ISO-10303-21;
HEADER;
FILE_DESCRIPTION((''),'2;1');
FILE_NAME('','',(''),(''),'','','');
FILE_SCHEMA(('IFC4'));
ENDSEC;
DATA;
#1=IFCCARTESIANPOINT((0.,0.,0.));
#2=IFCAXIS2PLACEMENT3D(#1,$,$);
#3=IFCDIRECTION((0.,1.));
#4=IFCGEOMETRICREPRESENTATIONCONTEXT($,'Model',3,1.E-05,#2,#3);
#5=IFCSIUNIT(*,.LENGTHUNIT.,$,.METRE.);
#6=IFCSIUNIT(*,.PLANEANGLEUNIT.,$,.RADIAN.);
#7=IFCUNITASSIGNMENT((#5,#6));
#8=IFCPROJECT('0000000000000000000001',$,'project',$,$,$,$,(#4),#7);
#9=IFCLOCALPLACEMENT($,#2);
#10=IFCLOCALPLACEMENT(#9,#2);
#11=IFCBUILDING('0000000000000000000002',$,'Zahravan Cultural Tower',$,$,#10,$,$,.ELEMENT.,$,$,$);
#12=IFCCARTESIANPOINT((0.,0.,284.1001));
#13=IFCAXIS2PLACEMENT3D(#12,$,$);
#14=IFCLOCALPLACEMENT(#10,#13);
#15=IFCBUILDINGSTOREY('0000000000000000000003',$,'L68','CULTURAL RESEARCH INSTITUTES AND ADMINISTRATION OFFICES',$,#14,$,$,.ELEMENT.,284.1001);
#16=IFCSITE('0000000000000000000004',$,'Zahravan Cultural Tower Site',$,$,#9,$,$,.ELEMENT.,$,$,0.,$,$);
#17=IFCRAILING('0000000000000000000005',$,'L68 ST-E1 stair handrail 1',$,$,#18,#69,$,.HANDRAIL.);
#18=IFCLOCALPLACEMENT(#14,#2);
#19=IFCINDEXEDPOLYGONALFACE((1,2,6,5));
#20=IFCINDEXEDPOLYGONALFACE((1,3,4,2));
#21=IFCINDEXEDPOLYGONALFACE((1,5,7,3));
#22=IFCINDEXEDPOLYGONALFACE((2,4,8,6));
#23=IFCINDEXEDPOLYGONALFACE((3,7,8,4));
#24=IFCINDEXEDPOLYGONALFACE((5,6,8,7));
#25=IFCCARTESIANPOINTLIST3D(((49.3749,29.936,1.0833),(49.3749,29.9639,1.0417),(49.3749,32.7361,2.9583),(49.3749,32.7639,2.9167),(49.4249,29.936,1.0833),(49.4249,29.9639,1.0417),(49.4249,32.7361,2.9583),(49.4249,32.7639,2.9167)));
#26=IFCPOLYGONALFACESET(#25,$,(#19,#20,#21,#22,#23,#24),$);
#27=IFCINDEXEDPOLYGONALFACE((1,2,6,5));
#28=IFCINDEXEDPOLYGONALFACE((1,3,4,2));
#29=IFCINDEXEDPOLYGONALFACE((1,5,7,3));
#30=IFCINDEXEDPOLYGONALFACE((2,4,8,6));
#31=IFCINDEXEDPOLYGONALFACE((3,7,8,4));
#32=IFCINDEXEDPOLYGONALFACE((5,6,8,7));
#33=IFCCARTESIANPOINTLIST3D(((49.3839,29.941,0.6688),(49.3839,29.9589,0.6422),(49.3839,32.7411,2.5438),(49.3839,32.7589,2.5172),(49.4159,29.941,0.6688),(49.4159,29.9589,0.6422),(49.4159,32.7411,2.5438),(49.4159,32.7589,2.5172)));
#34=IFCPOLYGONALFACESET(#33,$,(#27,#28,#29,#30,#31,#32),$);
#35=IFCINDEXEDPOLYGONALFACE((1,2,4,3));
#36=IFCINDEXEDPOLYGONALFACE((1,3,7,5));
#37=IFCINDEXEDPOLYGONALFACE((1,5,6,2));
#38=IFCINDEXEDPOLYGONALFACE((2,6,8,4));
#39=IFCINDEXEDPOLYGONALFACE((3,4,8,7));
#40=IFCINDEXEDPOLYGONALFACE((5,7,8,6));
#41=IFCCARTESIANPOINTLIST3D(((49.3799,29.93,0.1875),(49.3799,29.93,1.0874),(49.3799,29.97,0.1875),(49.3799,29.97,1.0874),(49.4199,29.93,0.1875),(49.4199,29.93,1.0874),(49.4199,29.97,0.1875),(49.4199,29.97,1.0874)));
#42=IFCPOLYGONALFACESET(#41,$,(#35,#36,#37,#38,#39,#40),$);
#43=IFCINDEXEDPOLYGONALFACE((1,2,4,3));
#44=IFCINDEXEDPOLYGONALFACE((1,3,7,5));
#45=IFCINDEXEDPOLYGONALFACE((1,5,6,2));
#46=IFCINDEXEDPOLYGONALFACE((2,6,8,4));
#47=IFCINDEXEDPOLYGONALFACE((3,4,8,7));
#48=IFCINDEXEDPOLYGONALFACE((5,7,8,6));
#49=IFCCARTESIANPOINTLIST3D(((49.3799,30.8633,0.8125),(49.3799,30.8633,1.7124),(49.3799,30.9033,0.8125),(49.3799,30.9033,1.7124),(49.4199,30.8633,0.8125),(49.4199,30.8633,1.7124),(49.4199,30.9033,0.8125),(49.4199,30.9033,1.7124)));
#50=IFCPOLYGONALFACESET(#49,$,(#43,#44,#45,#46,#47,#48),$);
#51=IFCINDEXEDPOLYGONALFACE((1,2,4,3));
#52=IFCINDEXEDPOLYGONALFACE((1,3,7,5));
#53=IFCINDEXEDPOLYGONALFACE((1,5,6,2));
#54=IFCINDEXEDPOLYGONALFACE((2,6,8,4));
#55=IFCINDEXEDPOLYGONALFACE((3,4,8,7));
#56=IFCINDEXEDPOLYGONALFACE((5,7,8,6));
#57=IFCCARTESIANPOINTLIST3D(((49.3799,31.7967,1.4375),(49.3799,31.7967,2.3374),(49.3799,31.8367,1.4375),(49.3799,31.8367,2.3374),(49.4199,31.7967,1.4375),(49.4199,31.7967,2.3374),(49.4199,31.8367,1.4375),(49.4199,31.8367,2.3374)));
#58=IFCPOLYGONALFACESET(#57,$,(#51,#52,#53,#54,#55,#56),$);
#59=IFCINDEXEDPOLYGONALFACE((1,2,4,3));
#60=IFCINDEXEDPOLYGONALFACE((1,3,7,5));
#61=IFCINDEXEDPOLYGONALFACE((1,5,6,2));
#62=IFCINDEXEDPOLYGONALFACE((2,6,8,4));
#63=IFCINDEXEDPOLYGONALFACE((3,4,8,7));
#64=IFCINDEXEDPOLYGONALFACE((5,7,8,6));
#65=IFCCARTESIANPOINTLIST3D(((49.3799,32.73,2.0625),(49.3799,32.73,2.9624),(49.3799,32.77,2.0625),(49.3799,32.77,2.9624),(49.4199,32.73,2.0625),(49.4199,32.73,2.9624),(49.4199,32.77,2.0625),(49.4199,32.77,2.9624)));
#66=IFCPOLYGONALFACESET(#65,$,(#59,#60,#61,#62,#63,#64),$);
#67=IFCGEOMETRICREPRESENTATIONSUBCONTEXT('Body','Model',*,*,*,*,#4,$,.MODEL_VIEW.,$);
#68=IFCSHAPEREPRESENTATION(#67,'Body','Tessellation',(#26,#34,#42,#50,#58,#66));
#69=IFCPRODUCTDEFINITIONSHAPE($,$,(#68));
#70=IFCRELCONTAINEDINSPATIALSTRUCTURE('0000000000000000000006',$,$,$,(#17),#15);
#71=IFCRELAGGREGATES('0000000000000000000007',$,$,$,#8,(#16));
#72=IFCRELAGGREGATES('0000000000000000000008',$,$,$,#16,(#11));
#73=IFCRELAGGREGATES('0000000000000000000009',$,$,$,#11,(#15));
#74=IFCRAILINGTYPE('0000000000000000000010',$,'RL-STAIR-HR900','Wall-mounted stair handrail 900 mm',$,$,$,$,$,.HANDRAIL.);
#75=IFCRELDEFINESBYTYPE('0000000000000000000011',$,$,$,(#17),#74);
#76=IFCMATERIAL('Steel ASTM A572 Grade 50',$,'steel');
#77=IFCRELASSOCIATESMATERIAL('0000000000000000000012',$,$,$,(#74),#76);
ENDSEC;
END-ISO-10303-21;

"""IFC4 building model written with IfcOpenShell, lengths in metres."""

from ifc_helpers import new_model, si_unit, direction, frame, origin, origin_2d, place, context, subcontext, project, spatial, rectangle, extrude, material, type_object, element, save


model = new_model("IFC4")

# Units and contexts
model_context = context("Model", 3, precision=1e-05, world=origin(), true_north=direction((0.0, 1.0)))
body_context = subcontext(model_context, "Body", "Model", "MODEL_VIEW")
ifc_project = project(units=[si_unit("LENGTHUNIT", "METRE"), si_unit("PLANEANGLEUNIT", "RADIAN")], contexts=[model_context])

# Site, building, storey
site_placement = place(None, origin())
site = spatial("IfcSite", under=ifc_project, at=site_placement, Name="Zahravan Cultural Tower Site", CompositionType="ELEMENT", RefElevation=0.0)
building_placement = place(site_placement, origin())
building = spatial("IfcBuilding", under=site, at=building_placement, Name="Zahravan Cultural Tower", CompositionType="ELEMENT")
storey_placement = place(building_placement, frame((0.0, 0.0, 284.1001)))
storey = spatial("IfcBuildingStorey", under=building, at=storey_placement, Name="L68", Description="CULTURAL RESEARCH INSTITUTES AND ADMINISTRATION OFFICES", CompositionType="ELEMENT", Elevation=284.1001)

# Railing
ifc_material_1 = material(Name="Steel ASTM A572 Grade 50", Category="steel")
railing_type_1 = type_object("IfcRailingType", Name="RL-STAIR-HR900", Description="Wall-mounted stair handrail 900 mm", PredefinedType="HANDRAIL", material=ifc_material_1)
railing_1_placement = place(storey_placement, frame((49.3999, 29.95, 0.1875)))
element("IfcRailing", 1, at=railing_1_placement, inside=storey, type_object=railing_type_1, Name="L68 ST-E1 stair handrail 1", PredefinedType="HANDRAIL", context=body_context, shape_type="SweptSolid", body=[
    extrude(rectangle(XDim=0.05, YDim=0.05, at=origin_2d()), frame((0.0, 0.0, 0.875), z_axis=(0.0, 0.830912, 0.556404), x_axis=(-1.0, 0.0, 0.0)), (0.0, 0.0, 1.0), 3.3699),
    extrude(rectangle(XDim=0.032, YDim=0.032, at=origin_2d()), frame((0.0, 0.0, 0.468), z_axis=(0.0, 0.830912, 0.556404), x_axis=(-1.0, 0.0, 0.0)), (0.0, 0.0, 1.0), 3.3699),
    extrude(rectangle(XDim=0.04, YDim=0.04, at=origin_2d()), origin(), (0.0, 0.0, 1.0), 0.8999),
    extrude(rectangle(XDim=0.04, YDim=0.04, at=origin_2d()), frame((0.0, 0.9333, 0.625)), (0.0, 0.0, 1.0), 0.8999),
    extrude(rectangle(XDim=0.04, YDim=0.04, at=origin_2d()), frame((0.0, 1.8667, 1.25)), (0.0, 0.0, 1.0), 0.8999),
    extrude(rectangle(XDim=0.04, YDim=0.04, at=origin_2d()), frame((0.0, 2.8, 1.875)), (0.0, 0.0, 1.0), 0.8999),
])

save(model, "model.ifc")
